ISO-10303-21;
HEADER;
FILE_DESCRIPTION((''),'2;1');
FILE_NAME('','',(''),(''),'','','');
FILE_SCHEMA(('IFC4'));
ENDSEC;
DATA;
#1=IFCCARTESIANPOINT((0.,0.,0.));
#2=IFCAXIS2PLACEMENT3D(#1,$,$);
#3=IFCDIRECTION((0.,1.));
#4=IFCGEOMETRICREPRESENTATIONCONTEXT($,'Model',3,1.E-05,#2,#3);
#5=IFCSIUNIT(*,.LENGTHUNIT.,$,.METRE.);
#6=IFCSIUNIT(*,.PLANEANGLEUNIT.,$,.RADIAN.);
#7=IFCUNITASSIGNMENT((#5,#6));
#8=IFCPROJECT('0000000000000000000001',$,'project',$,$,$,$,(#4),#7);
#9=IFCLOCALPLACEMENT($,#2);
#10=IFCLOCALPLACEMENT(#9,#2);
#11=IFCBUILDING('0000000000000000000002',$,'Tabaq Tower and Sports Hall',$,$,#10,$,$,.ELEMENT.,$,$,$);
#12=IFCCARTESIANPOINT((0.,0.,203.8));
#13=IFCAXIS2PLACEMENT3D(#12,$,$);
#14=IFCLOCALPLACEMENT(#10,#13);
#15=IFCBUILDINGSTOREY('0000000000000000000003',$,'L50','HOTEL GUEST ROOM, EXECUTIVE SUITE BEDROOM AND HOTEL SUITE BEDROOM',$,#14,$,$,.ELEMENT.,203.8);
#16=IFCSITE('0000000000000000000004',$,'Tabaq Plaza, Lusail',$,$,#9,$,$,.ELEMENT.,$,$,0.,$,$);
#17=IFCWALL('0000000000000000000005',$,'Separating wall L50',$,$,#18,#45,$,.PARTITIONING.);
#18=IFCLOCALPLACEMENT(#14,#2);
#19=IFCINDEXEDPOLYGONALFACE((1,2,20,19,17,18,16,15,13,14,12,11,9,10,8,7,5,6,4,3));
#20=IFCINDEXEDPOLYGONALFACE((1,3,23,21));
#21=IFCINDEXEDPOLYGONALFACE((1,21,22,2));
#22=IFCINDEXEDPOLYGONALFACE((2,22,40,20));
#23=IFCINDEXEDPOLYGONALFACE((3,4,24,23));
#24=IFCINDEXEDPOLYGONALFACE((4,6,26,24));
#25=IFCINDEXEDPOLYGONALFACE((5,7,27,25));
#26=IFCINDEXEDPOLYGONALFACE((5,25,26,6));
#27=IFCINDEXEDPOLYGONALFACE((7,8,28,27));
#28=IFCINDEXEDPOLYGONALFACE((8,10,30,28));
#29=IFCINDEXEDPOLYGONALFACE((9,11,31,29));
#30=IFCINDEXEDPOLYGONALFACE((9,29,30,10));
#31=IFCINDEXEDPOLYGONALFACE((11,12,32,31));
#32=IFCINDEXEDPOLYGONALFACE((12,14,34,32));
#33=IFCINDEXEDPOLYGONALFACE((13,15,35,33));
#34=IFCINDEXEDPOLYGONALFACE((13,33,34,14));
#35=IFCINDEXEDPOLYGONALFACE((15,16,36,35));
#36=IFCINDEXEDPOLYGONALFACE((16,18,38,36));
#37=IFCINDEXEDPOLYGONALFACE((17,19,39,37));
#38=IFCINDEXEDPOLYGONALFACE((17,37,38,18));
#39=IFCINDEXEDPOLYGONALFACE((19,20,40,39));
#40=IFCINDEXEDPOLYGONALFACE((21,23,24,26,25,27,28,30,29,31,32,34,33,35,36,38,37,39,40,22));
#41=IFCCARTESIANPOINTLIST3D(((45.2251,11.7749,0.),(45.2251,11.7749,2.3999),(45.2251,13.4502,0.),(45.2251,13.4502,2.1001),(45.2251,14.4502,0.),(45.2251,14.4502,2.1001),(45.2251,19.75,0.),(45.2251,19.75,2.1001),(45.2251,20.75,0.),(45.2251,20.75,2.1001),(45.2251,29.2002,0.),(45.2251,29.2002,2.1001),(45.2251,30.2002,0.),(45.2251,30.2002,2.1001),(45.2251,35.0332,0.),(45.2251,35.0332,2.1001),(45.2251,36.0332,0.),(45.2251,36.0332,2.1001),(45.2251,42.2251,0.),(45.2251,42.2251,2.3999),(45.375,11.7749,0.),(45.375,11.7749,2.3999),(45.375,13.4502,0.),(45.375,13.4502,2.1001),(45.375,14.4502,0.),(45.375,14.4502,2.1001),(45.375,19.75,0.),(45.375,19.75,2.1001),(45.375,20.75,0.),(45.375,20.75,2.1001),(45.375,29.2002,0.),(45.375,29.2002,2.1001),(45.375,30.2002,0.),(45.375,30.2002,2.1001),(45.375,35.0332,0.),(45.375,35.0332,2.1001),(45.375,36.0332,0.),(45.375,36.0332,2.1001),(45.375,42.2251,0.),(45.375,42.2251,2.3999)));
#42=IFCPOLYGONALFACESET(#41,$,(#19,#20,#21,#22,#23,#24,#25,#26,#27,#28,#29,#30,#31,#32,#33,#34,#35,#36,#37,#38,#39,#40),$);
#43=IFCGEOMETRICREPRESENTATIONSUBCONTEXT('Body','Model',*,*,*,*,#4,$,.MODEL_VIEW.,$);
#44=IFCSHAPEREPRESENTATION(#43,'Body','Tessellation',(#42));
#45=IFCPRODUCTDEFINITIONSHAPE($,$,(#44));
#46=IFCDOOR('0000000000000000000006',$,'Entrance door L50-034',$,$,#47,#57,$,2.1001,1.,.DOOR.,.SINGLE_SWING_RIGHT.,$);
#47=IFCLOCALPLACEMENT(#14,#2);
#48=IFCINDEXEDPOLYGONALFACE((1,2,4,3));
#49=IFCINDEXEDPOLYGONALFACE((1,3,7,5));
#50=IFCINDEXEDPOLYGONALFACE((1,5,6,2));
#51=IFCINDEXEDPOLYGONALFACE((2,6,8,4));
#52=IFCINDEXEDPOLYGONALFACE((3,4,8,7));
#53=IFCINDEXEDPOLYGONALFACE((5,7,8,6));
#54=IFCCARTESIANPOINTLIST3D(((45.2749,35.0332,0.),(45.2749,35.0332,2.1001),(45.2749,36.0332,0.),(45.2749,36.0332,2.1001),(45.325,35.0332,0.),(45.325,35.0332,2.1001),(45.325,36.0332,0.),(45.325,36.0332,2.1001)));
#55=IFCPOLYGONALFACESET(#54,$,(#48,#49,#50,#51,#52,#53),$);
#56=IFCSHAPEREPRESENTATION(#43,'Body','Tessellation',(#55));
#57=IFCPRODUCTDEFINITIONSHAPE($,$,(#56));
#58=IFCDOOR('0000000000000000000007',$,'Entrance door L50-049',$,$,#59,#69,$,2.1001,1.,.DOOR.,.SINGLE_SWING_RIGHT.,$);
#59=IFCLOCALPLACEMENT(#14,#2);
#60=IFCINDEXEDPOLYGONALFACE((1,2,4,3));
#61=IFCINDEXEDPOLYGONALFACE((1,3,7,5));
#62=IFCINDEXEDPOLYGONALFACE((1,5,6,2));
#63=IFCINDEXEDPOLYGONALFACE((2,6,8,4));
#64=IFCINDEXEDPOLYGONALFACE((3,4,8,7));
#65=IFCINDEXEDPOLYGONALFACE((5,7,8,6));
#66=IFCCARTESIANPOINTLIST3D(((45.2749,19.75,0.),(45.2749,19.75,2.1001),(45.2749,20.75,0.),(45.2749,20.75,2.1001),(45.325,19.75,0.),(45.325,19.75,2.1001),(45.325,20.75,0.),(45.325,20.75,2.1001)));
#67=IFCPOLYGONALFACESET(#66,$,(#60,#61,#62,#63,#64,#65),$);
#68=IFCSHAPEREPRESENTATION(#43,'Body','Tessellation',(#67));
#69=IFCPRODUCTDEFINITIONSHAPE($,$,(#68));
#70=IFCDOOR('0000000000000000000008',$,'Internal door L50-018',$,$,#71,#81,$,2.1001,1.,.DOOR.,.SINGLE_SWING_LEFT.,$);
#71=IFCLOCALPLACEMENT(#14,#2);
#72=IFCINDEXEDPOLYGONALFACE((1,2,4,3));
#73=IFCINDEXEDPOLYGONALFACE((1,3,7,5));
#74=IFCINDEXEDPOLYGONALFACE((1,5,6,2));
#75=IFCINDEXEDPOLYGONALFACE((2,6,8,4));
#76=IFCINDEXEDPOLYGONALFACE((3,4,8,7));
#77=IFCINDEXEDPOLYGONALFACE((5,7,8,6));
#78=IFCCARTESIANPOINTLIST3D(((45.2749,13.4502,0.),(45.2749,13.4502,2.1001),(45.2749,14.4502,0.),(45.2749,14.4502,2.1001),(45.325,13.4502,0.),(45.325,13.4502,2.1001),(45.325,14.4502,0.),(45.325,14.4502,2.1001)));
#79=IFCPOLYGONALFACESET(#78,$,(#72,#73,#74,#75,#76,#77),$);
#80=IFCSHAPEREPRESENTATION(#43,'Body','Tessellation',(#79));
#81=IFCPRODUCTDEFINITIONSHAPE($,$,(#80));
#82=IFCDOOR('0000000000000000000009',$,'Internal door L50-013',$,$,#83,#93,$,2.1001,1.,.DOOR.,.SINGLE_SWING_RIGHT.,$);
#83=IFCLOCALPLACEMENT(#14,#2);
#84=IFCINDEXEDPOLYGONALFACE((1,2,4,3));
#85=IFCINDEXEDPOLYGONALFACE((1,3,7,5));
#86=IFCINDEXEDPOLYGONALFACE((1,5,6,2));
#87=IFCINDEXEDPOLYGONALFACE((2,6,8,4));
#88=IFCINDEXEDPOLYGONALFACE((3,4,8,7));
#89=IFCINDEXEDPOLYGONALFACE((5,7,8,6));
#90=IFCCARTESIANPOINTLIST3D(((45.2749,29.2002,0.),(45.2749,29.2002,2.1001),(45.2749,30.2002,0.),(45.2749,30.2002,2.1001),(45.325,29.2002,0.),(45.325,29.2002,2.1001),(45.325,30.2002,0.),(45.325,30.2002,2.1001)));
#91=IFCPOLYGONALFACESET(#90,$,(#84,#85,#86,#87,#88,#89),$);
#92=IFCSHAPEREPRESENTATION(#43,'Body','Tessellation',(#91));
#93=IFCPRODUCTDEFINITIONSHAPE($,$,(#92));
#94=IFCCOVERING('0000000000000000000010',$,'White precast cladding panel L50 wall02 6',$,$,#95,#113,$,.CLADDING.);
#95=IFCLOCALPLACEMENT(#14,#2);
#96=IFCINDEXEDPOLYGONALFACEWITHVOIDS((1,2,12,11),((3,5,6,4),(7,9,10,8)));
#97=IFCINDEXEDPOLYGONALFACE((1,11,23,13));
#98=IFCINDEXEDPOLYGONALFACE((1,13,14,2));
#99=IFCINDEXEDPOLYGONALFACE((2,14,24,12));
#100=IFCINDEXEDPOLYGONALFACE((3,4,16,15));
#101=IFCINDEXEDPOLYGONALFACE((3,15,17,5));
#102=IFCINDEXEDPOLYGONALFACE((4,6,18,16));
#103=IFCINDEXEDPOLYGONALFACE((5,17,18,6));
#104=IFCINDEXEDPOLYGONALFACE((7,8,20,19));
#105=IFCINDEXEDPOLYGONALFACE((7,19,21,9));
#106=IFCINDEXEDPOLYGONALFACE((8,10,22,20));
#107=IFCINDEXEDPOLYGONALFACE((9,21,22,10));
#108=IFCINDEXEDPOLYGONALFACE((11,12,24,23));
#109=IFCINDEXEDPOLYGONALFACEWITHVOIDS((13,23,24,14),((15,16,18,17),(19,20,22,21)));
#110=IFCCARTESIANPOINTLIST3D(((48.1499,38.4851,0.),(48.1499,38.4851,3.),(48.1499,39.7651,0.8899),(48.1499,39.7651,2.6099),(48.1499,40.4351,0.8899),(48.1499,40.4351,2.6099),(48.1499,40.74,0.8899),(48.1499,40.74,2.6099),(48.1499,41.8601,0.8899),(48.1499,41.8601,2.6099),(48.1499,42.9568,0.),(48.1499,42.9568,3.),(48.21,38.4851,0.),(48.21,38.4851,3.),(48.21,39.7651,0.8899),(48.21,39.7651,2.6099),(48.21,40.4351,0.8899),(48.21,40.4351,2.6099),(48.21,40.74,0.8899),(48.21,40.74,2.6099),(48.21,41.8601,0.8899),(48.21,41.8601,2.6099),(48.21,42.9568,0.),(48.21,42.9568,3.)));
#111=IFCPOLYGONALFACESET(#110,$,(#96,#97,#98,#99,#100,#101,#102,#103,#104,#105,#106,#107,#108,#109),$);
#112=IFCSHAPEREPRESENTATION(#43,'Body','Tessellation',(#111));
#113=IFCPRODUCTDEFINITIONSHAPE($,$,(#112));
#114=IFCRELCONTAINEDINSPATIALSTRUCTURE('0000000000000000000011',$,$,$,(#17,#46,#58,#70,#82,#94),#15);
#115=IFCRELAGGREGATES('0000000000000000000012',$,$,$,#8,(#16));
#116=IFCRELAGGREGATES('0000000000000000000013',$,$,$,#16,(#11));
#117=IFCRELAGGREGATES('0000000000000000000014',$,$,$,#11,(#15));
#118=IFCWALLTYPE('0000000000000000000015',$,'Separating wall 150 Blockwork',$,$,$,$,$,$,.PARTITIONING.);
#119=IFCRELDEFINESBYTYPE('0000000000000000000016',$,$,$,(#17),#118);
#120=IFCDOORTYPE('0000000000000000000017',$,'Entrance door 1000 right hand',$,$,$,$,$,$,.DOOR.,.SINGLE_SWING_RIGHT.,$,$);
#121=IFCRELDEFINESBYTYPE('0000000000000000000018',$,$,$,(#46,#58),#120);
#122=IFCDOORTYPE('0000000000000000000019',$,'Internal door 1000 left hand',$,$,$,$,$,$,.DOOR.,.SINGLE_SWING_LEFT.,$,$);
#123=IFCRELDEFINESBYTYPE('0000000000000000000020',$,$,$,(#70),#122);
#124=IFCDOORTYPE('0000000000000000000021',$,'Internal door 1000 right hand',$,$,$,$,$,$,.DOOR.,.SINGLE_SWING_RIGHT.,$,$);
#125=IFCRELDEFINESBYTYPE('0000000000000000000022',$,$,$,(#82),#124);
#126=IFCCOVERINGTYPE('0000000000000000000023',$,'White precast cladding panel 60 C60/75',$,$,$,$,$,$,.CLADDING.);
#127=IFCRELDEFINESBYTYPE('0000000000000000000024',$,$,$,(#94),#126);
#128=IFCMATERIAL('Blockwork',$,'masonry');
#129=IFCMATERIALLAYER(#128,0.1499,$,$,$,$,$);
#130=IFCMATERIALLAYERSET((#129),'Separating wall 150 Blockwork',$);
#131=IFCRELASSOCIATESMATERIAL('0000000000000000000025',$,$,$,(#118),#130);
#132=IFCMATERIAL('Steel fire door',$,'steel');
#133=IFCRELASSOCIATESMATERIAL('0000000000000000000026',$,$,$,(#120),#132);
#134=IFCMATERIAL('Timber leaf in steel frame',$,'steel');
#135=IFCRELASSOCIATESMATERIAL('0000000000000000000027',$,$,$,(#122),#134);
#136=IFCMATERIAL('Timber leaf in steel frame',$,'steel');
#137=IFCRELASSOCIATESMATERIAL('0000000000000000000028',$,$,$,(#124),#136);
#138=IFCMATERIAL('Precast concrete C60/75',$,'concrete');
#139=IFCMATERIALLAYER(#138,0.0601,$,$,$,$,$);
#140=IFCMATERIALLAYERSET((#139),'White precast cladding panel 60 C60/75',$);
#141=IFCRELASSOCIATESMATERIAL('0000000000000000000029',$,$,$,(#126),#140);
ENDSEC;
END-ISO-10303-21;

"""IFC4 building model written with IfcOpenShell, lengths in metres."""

from ifc_helpers import new_model, si_unit, direction, frame, frame_2d, origin, place, context, subcontext, project, spatial, polyline, rectangle, outline, extrude, material, layer, layer_set, type_object, element, fill, save


model = new_model("IFC4")

# Units and contexts
model_context = context("Model", 3, precision=1e-05, world=origin(), true_north=direction((0.0, 1.0)))
body_context = subcontext(model_context, "Body", "Model", "MODEL_VIEW")
ifc_project = project(units=[si_unit("LENGTHUNIT", "METRE"), si_unit("PLANEANGLEUNIT", "RADIAN")], contexts=[model_context])

# Site, building, storey
site_placement = place(None, origin())
site = spatial("IfcSite", under=ifc_project, at=site_placement, Name="Tabaq Plaza, Lusail", CompositionType="ELEMENT", RefElevation=0.0)
building_placement = place(site_placement, origin())
building = spatial("IfcBuilding", under=site, at=building_placement, Name="Tabaq Tower and Sports Hall", CompositionType="ELEMENT")
storey_placement = place(building_placement, frame((0.0, 0.0, 203.8)))
storey = spatial("IfcBuildingStorey", under=building, at=storey_placement, Name="L50", Description="HOTEL GUEST ROOM, EXECUTIVE SUITE BEDROOM AND HOTEL SUITE BEDROOM", CompositionType="ELEMENT", Elevation=203.8)

# Shared definitions
ifc_material_1 = material(Name="Blockwork", Category="masonry")
ifc_layer_1 = layer(ifc_material_1, 0.1499)
ifc_layer_set_1 = layer_set([ifc_layer_1], Name="Separating wall 150 Blockwork")
wall_type_1 = type_object("IfcWallType", Name="Separating wall 150 Blockwork", PredefinedType="PARTITIONING", material=ifc_layer_set_1)
ifc_material_2 = material(Name="Steel fire door", Category="steel")
door_type_1 = type_object("IfcDoorType", Name="Entrance door 1000 right hand", OperationType="SINGLE_SWING_RIGHT", PredefinedType="DOOR", material=ifc_material_2)

# Shared definitions
ifc_material_3 = material(Name="Timber leaf in steel frame", Category="steel")
door_type_2 = type_object("IfcDoorType", Name="Internal door 1000 left hand", OperationType="SINGLE_SWING_LEFT", PredefinedType="DOOR", material=ifc_material_3)

# Wall, openings, doors
wall_1_placement = place(storey_placement, frame((45.3, 42.2251, 0.0), z_axis=(0.0, 0.0, 1.0), x_axis=(0.0, -1.0, 0.0)))
wall_1 = element("IfcWall", 1, at=wall_1_placement, inside=storey, type_object=wall_type_1, Name="Separating wall L50", PredefinedType="PARTITIONING", context=body_context, shape_type="SweptSolid", body=[
    extrude(rectangle(XDim=30.4502, YDim=0.1499, at=frame_2d((15.2251, 0.0))), origin(), (0.0, 0.0, 1.0), 2.3999),
])
opening_1_placement = place(wall_1_placement, frame((12.0249, 0.0, 0.0)))
opening_1 = element("IfcOpeningElement", 2, at=opening_1_placement, cuts=wall_1, PredefinedType="OPENING", context=body_context, shape_type="SweptSolid", body=[
    extrude(rectangle(XDim=1.0, YDim=2.1001, at=frame_2d((0.5, 1.05))), frame((0.0, 0.075, 0.0), z_axis=(0.0, -1.0, 0.0), x_axis=(1.0, 0.0, 0.0)), (0.0, 0.0, 1.0), 0.1499),
])
opening_2_placement = place(wall_1_placement, frame((27.7749, 0.0, 0.0)))
opening_2 = element("IfcOpeningElement", 3, at=opening_2_placement, cuts=wall_1, PredefinedType="OPENING", context=body_context, shape_type="SweptSolid", body=[
    extrude(rectangle(XDim=1.0, YDim=2.1001, at=frame_2d((0.5, 1.05))), frame((0.0, 0.075, 0.0), z_axis=(0.0, -1.0, 0.0), x_axis=(1.0, 0.0, 0.0)), (0.0, 0.0, 1.0), 0.1499),
])
opening_3_placement = place(wall_1_placement, frame((6.1919, 0.0, 0.0)))
opening_3 = element("IfcOpeningElement", 4, at=opening_3_placement, cuts=wall_1, PredefinedType="OPENING", context=body_context, shape_type="SweptSolid", body=[
    extrude(rectangle(XDim=1.0, YDim=2.1001, at=frame_2d((0.5, 1.05))), frame((0.0, 0.075, 0.0), z_axis=(0.0, -1.0, 0.0), x_axis=(1.0, 0.0, 0.0)), (0.0, 0.0, 1.0), 0.1499),
])
opening_4_placement = place(wall_1_placement, frame((21.4751, 0.0, 0.0)))
opening_4 = element("IfcOpeningElement", 5, at=opening_4_placement, cuts=wall_1, PredefinedType="OPENING", context=body_context, shape_type="SweptSolid", body=[
    extrude(rectangle(XDim=1.0, YDim=2.1001, at=frame_2d((0.5, 1.05))), frame((0.0, 0.075, 0.0), z_axis=(0.0, -1.0, 0.0), x_axis=(1.0, 0.0, 0.0)), (0.0, 0.0, 1.0), 0.1499),
])
door_1_placement = place(opening_3_placement, origin())
door_1 = element("IfcDoor", 6, at=door_1_placement, inside=storey, type_object=door_type_1, Name="Entrance door L50-034", OperationType="SINGLE_SWING_RIGHT", OverallHeight=2.1001, OverallWidth=1.0, PredefinedType="DOOR", context=body_context, shape_type="SweptSolid", body=[
    extrude(rectangle(XDim=1.0, YDim=2.1001, at=frame_2d((0.5, 1.05))), frame((0.0, 0.0249, 0.0), z_axis=(0.0, -1.0, 0.0), x_axis=(1.0, 0.0, 0.0)), (0.0, 0.0, 1.0), 0.05),
])
fill(opening_3, door_1)
door_2_placement = place(opening_4_placement, origin())
door_2 = element("IfcDoor", 7, at=door_2_placement, inside=storey, type_object=door_type_1, Name="Entrance door L50-049", OperationType="SINGLE_SWING_RIGHT", OverallHeight=2.1001, OverallWidth=1.0, PredefinedType="DOOR", context=body_context, shape_type="SweptSolid", body=[
    extrude(rectangle(XDim=1.0, YDim=2.1001, at=frame_2d((0.5, 1.05))), frame((0.0, 0.0249, 0.0), z_axis=(0.0, -1.0, 0.0), x_axis=(1.0, 0.0, 0.0)), (0.0, 0.0, 1.0), 0.05),
])
fill(opening_4, door_2)
door_3_placement = place(opening_2_placement, origin())
door_3 = element("IfcDoor", 8, at=door_3_placement, inside=storey, type_object=door_type_2, Name="Internal door L50-018", OperationType="SINGLE_SWING_LEFT", OverallHeight=2.1001, OverallWidth=1.0, PredefinedType="DOOR", context=body_context, shape_type="SweptSolid", body=[
    extrude(rectangle(XDim=1.0, YDim=2.1001, at=frame_2d((0.5, 1.05))), frame((0.0, 0.0249, 0.0), z_axis=(0.0, -1.0, 0.0), x_axis=(1.0, 0.0, 0.0)), (0.0, 0.0, 1.0), 0.05),
])
fill(opening_2, door_3)
ifc_material_4 = material(Name="Timber leaf in steel frame", Category="steel")
door_type_3 = type_object("IfcDoorType", Name="Internal door 1000 right hand", OperationType="SINGLE_SWING_RIGHT", PredefinedType="DOOR", material=ifc_material_4)
door_4_placement = place(opening_1_placement, origin())
door_4 = element("IfcDoor", 9, at=door_4_placement, inside=storey, type_object=door_type_3, Name="Internal door L50-013", OperationType="SINGLE_SWING_RIGHT", OverallHeight=2.1001, OverallWidth=1.0, PredefinedType="DOOR", context=body_context, shape_type="SweptSolid", body=[
    extrude(rectangle(XDim=1.0, YDim=2.1001, at=frame_2d((0.5, 1.05))), frame((0.0, 0.0249, 0.0), z_axis=(0.0, -1.0, 0.0), x_axis=(1.0, 0.0, 0.0)), (0.0, 0.0, 1.0), 0.05),
])
fill(opening_1, door_4)

# Covering
ifc_material_5 = material(Name="Precast concrete C60/75", Category="concrete")
ifc_layer_2 = layer(ifc_material_5, 0.0601)
ifc_layer_set_2 = layer_set([ifc_layer_2], Name="White precast cladding panel 60 C60/75")
covering_type = type_object("IfcCoveringType", Name="White precast cladding panel 60 C60/75", PredefinedType="CLADDING", material=ifc_layer_set_2)
covering_placement = place(storey_placement, frame((48.1799, 38.4851, 0.0), z_axis=(0.0, 0.0, 1.0), x_axis=(0.0, 1.0, 0.0)))
element("IfcCovering", 10, at=covering_placement, inside=storey, type_object=covering_type, Name="White precast cladding panel L50 wall02 6", PredefinedType="CLADDING", context=body_context, shape_type="SweptSolid", body=[
    extrude(outline(polyline([(0.0, 0.0), (4.4717, 0.0), (4.4717, 3.0), (0.0, 3.0), (0.0, 0.0)]), holes=[polyline([(1.28, 2.6099), (1.95, 2.6099), (1.95, 0.8899), (1.28, 0.8899), (1.28, 2.6099)]), polyline([(2.2549, 2.6099), (3.375, 2.6099), (3.375, 0.8899), (2.2549, 0.8899), (2.2549, 2.6099)])]), frame((0.0, 0.03, 0.0), z_axis=(0.0, -1.0, 0.0), x_axis=(1.0, 0.0, 0.0)), (0.0, 0.0, 1.0), 0.0601),
])

save(model, "model.ifc")
